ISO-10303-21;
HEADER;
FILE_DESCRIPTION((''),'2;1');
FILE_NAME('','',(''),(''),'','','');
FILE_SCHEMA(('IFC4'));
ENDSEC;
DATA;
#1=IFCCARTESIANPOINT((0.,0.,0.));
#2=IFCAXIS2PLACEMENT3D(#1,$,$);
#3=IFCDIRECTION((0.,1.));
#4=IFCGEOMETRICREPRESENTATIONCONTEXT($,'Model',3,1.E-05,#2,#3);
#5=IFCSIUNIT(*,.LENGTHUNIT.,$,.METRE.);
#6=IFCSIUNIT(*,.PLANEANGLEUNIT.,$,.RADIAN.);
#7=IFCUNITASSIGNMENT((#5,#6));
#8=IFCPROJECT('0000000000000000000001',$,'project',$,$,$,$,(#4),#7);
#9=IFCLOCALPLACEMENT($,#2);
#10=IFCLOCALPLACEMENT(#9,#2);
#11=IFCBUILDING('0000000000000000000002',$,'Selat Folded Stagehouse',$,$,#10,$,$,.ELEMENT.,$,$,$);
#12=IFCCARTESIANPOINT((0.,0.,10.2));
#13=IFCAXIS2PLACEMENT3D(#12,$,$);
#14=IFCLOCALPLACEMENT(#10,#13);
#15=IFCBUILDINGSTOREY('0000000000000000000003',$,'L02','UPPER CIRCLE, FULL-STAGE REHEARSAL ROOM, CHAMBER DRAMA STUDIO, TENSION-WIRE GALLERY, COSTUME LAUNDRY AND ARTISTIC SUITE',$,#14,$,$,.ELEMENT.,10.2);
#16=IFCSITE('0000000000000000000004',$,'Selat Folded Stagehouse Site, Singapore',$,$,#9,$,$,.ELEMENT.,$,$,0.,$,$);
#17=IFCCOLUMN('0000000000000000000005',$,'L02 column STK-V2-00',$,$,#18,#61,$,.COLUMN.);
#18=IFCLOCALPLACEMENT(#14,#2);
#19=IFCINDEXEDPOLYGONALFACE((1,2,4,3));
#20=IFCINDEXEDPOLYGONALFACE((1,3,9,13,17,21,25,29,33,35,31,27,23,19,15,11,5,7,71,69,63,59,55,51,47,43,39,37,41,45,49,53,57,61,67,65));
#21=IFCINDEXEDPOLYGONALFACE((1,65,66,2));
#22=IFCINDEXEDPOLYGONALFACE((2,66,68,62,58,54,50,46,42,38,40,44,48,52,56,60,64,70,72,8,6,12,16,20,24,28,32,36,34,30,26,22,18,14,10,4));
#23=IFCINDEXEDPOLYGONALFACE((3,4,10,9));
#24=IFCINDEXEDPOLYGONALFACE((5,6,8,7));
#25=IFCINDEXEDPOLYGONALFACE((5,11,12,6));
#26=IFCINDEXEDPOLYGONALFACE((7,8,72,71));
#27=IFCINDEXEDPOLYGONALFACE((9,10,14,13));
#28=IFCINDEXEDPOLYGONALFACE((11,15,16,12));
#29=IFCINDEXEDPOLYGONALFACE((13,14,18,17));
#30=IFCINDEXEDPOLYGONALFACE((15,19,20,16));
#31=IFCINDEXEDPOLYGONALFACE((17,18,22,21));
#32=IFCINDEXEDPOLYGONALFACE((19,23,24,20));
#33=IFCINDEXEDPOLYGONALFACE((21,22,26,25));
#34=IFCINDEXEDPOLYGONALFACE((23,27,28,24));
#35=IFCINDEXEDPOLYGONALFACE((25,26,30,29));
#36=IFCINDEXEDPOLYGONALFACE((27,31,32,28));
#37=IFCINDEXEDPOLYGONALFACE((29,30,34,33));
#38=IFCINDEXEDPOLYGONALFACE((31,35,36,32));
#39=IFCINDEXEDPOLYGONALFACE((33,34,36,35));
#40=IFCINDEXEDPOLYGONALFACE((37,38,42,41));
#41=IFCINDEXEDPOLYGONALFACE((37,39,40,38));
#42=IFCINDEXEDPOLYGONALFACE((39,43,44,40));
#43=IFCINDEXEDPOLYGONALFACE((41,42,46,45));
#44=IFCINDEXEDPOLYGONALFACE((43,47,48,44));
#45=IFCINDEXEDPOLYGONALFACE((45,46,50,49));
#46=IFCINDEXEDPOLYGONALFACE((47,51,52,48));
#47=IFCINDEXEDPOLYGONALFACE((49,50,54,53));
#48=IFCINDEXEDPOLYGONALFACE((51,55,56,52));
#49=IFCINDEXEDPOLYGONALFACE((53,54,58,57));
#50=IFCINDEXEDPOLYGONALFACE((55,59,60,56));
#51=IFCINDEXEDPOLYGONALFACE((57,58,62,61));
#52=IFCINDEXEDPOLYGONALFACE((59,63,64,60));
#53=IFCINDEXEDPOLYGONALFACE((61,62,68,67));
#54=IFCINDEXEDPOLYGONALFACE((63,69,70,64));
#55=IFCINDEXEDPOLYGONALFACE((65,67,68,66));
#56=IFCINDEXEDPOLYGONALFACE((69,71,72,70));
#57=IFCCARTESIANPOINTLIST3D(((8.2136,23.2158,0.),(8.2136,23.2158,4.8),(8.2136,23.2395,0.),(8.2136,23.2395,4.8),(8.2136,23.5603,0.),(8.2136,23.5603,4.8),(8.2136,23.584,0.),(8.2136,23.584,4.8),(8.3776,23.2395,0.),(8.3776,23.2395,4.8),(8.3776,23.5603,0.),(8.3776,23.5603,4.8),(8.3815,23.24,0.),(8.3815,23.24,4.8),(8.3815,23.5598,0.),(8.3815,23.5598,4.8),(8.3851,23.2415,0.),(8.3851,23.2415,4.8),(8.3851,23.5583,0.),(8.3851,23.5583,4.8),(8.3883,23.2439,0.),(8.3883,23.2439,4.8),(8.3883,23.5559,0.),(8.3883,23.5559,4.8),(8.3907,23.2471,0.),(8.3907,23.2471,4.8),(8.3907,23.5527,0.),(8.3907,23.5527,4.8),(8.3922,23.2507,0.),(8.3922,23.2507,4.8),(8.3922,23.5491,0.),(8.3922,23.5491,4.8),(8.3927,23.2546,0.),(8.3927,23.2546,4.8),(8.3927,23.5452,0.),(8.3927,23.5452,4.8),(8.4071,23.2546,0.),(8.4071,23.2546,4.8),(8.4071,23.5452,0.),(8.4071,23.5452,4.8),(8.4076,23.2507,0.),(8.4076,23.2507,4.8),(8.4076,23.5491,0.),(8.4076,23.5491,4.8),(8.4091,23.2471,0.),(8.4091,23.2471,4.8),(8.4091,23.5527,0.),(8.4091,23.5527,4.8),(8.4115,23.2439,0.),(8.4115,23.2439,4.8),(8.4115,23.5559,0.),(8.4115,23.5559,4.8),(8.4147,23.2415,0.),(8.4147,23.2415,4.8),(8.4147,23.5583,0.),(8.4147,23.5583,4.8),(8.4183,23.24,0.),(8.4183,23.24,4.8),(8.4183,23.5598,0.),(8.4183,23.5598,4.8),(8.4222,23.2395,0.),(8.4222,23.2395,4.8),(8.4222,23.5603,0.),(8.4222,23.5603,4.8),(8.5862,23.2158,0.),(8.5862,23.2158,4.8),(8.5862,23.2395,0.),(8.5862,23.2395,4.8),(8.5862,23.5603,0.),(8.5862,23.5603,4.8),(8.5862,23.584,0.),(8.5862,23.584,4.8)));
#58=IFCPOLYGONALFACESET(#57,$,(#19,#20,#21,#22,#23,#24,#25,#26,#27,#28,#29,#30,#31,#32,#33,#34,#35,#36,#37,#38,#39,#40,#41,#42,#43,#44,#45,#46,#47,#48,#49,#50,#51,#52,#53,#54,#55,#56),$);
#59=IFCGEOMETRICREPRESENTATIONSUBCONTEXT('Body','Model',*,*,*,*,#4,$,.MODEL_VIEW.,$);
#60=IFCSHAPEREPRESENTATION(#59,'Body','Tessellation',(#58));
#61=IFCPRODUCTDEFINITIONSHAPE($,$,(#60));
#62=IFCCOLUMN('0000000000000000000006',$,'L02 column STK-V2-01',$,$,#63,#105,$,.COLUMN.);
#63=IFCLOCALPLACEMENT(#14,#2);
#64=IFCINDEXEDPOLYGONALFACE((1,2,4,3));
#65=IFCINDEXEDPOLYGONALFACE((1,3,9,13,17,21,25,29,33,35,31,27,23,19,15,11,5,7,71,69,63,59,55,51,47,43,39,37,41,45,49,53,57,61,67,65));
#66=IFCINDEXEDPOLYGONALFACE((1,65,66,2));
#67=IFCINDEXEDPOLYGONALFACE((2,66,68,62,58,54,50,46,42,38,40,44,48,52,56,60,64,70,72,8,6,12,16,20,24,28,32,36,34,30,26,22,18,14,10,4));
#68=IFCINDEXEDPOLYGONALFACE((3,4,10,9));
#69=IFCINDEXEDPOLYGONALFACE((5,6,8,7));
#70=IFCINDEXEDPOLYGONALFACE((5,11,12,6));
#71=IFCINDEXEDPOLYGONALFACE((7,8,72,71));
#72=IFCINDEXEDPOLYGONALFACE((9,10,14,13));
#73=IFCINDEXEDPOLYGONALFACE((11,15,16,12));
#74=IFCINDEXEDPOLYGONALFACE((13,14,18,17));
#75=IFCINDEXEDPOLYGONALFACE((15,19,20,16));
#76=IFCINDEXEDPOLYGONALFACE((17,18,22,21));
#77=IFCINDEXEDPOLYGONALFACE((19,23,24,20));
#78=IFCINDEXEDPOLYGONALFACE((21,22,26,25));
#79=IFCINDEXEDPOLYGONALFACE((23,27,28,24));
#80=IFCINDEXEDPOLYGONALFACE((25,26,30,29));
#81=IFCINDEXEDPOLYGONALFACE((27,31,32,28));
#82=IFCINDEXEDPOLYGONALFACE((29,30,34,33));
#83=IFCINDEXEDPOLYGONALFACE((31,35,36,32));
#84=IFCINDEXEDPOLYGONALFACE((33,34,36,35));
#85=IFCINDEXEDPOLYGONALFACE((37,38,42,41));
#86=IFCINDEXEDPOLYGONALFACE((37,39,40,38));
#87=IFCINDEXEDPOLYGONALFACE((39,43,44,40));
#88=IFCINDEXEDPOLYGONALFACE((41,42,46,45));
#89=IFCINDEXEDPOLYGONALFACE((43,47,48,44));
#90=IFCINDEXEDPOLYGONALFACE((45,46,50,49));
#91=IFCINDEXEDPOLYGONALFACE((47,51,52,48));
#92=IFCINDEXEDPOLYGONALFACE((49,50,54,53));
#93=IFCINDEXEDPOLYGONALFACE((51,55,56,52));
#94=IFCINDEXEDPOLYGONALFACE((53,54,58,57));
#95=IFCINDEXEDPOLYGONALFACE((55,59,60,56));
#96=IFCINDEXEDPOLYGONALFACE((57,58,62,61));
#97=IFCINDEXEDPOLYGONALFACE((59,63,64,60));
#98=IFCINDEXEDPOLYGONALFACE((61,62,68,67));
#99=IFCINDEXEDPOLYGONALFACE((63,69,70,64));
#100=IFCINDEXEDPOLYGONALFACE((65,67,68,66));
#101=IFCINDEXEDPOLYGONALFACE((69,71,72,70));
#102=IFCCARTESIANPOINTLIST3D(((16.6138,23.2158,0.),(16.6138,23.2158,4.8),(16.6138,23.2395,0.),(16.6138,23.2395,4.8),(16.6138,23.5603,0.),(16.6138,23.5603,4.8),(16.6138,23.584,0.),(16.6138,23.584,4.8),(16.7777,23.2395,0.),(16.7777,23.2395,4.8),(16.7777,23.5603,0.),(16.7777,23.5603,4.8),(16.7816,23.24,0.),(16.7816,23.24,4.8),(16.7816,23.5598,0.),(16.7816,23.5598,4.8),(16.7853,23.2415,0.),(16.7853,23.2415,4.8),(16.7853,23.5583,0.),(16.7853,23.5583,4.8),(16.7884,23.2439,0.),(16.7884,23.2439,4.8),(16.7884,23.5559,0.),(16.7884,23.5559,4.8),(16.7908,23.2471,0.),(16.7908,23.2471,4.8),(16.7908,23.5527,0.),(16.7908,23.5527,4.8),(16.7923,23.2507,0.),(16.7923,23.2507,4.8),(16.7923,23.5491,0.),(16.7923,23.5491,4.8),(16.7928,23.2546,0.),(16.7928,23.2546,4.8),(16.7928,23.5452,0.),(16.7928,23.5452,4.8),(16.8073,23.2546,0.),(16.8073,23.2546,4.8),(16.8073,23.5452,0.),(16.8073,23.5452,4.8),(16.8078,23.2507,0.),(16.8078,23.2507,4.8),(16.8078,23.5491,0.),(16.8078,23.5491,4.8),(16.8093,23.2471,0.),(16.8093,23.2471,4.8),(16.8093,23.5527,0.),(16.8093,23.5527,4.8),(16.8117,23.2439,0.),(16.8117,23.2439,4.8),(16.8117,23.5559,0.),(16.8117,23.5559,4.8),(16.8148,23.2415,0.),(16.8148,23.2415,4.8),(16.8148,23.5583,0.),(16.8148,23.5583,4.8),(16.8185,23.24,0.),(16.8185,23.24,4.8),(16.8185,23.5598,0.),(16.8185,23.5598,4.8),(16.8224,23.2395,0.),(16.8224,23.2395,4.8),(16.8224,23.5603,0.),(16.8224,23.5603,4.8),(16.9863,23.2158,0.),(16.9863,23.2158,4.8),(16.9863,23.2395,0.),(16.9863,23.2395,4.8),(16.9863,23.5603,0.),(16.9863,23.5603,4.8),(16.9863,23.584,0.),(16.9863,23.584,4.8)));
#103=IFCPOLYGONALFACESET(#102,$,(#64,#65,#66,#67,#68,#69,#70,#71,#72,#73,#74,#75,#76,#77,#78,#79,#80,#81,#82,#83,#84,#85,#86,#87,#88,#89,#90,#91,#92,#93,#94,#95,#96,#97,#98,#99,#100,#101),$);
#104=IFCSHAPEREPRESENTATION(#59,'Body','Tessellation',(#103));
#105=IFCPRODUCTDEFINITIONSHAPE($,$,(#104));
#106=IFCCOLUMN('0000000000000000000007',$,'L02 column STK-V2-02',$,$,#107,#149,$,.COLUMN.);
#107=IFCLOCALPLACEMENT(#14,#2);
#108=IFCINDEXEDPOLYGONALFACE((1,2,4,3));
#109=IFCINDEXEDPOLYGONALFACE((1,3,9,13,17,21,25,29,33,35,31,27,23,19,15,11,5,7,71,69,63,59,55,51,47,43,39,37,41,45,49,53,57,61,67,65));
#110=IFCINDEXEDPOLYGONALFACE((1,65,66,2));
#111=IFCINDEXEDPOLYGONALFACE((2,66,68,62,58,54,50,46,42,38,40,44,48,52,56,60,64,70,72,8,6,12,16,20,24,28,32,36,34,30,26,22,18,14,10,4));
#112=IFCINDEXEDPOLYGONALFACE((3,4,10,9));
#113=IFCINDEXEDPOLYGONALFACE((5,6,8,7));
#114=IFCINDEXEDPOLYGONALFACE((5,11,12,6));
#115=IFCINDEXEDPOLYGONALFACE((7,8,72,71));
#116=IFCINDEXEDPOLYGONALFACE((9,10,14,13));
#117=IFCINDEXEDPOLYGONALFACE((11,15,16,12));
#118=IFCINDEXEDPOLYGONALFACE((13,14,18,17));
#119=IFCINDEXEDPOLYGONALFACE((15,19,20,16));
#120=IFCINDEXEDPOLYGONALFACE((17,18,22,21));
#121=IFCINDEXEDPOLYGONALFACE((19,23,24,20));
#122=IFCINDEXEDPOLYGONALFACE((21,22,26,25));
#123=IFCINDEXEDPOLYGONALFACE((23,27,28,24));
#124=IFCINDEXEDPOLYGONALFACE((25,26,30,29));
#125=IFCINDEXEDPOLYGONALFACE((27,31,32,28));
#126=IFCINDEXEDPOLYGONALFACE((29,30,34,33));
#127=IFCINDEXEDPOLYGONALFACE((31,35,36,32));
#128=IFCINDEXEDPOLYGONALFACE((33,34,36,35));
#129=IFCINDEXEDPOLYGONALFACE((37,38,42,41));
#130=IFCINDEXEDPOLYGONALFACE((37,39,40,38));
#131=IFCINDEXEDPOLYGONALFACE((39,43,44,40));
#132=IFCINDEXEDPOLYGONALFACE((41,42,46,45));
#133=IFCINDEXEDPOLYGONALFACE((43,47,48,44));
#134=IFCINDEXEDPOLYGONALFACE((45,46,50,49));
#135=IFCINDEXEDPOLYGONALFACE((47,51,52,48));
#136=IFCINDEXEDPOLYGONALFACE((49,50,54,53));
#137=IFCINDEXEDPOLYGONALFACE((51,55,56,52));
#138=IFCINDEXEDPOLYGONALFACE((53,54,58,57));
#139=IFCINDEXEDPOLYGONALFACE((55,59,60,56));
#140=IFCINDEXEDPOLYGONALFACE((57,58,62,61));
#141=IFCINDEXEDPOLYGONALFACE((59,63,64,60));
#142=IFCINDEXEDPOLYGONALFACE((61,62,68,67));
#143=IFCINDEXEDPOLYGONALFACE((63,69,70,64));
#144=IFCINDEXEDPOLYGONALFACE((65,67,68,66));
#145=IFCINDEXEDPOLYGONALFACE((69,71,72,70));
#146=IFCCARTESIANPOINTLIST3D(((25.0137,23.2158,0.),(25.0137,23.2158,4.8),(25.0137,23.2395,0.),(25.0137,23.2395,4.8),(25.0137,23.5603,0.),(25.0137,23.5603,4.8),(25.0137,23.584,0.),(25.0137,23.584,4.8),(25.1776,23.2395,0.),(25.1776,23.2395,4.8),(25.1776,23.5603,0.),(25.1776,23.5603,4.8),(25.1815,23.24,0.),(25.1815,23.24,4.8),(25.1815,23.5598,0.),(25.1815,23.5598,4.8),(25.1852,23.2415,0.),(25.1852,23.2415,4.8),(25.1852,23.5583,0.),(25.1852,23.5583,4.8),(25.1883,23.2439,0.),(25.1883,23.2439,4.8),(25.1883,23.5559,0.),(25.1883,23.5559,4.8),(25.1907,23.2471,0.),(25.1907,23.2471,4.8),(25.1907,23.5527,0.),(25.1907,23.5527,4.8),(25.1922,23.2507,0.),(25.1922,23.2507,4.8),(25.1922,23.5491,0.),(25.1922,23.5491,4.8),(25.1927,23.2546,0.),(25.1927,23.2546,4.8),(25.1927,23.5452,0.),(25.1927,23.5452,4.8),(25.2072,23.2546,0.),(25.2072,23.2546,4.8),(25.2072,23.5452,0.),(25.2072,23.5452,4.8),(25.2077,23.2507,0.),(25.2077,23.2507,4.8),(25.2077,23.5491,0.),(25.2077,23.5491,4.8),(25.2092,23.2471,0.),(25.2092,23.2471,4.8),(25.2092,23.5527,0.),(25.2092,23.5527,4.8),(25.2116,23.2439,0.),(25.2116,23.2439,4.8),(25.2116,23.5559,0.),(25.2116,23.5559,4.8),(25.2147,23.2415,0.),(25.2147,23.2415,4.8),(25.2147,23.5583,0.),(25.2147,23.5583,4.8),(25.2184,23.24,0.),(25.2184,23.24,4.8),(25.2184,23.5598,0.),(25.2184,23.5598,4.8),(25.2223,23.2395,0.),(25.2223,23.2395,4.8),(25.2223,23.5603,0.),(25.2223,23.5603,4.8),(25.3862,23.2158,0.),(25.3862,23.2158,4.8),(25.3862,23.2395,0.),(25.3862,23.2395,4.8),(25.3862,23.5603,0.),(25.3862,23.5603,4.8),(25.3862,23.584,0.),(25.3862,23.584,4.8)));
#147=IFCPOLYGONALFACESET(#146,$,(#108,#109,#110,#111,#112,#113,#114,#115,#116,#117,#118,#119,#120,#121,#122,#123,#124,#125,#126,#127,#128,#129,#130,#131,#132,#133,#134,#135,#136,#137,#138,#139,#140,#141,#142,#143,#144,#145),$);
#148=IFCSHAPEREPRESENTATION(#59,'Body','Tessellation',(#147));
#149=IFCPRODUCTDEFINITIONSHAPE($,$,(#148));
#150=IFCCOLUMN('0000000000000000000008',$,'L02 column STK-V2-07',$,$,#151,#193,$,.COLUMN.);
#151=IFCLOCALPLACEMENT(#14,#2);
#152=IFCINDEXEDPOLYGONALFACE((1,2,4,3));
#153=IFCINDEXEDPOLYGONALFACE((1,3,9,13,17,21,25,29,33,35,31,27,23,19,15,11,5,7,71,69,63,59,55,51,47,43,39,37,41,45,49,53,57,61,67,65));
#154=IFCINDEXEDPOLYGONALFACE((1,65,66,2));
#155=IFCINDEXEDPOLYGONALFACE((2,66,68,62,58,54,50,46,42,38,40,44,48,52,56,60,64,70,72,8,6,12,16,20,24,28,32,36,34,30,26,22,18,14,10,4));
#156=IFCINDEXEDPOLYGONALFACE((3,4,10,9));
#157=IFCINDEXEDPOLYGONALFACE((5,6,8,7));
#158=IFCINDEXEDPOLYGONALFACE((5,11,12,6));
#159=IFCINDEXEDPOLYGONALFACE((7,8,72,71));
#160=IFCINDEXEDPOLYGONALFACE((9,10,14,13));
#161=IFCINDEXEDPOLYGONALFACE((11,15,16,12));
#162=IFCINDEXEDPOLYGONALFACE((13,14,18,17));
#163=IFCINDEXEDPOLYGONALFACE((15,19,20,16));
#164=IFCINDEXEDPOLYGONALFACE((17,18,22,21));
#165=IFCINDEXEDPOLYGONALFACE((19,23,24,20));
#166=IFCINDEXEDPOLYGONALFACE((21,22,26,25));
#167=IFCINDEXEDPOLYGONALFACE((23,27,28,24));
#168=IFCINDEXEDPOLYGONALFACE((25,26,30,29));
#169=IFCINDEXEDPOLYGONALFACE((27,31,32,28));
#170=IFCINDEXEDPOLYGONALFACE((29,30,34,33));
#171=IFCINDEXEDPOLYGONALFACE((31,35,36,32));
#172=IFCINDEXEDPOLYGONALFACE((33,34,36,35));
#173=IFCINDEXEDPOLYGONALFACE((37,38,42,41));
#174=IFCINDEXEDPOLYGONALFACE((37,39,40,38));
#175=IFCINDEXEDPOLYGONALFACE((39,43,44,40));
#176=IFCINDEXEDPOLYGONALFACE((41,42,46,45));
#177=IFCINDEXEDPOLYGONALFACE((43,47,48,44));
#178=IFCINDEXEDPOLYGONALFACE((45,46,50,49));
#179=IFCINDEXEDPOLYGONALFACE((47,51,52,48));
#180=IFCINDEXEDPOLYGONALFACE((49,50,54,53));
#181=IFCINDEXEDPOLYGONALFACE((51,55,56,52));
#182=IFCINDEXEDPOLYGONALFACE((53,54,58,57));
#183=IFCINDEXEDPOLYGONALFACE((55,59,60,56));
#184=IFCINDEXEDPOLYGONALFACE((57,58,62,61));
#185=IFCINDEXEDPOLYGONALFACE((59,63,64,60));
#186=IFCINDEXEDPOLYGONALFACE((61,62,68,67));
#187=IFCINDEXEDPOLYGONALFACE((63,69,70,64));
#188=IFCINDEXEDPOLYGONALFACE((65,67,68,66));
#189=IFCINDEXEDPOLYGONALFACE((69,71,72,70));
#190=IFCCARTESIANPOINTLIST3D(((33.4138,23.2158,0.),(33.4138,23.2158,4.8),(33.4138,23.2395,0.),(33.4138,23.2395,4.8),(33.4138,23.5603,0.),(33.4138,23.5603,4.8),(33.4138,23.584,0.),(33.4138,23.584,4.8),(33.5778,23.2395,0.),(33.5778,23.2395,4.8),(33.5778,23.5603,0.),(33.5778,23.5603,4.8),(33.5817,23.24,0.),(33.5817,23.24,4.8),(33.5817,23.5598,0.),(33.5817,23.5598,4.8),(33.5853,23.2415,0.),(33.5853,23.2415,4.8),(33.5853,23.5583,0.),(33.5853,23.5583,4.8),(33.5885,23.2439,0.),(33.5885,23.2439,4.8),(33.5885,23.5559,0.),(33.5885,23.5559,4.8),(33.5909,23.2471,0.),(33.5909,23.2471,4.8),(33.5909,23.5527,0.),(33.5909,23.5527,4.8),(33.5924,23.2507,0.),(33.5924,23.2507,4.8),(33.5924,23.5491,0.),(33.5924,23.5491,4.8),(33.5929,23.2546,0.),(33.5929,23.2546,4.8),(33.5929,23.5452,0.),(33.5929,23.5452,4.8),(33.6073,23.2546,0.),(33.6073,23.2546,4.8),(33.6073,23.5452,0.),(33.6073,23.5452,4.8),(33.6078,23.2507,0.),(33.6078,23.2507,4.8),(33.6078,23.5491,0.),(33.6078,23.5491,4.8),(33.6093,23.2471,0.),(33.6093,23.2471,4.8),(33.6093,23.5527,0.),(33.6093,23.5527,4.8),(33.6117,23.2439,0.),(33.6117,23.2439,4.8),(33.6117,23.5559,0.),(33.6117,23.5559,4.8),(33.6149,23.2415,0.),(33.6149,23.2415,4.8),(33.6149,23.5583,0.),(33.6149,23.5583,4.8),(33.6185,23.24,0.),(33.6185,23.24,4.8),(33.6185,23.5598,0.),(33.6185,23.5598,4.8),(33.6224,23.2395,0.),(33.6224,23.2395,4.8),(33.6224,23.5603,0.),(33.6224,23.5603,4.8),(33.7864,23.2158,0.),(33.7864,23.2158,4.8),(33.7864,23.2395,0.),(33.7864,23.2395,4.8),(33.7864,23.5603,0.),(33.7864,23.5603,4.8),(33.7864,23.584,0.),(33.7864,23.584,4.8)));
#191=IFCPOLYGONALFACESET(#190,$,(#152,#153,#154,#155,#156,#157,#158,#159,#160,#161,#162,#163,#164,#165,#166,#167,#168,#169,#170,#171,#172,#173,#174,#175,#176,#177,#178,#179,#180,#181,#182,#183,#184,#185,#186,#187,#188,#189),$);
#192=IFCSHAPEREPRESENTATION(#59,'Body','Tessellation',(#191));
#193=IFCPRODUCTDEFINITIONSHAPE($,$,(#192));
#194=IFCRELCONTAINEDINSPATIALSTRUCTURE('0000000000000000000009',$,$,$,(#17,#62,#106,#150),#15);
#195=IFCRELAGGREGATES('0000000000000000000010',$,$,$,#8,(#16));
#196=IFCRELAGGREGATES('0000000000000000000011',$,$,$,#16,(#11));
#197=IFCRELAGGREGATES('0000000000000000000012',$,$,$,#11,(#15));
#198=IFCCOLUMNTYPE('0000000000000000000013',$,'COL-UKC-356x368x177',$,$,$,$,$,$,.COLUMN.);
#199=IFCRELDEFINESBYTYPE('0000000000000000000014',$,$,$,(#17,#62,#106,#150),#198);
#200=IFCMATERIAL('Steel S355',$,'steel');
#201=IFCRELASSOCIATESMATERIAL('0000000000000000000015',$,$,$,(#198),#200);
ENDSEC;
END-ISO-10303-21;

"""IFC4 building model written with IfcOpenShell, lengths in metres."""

from ifc_helpers import new_model, si_unit, direction, frame, origin, origin_2d, place, context, subcontext, project, spatial, i_section, extrude, material, material_profile, profile_set, type_object, element, save


model = new_model("IFC4")

# Units and contexts
model_context = context("Model", 3, precision=1e-05, world=origin(), true_north=direction((0.0, 1.0)))
body_context = subcontext(model_context, "Body", "Model", "MODEL_VIEW")
ifc_project = project(units=[si_unit("LENGTHUNIT", "METRE"), si_unit("PLANEANGLEUNIT", "RADIAN")], contexts=[model_context])

# Site, building, storey
site_placement = place(None, origin())
site = spatial("IfcSite", under=ifc_project, at=site_placement, Name="Selat Folded Stagehouse Site, Singapore", CompositionType="ELEMENT", RefElevation=0.0)
building_placement = place(site_placement, origin())
building = spatial("IfcBuilding", under=site, at=building_placement, Name="Selat Folded Stagehouse", CompositionType="ELEMENT")
storey_placement = place(building_placement, frame((0.0, 0.0, 10.2)))
storey = spatial("IfcBuildingStorey", under=building, at=storey_placement, Name="L02", Description="UPPER CIRCLE, FULL-STAGE REHEARSAL ROOM, CHAMBER DRAMA STUDIO, TENSION-WIRE GALLERY, COSTUME LAUNDRY AND ARTISTIC SUITE", CompositionType="ELEMENT", Elevation=10.2)

# Columns
ifc_material_1 = material(Name="Steel S355", Category="steel")
ifc_material_profile_1 = material_profile(ifc_material_1, i_section(OverallWidth=0.3726, OverallDepth=0.3682, WebThickness=0.0144, FlangeThickness=0.0237, FilletRadius=0.0151, at=origin_2d()), Name="UKC 356x368x177")
ifc_profile_set_1 = profile_set([ifc_material_profile_1], Name="Steel S355")
column_type = type_object("IfcColumnType", Name="COL-UKC-356x368x177", PredefinedType="COLUMN", material=ifc_profile_set_1)
for number, where, z_axis, x_axis, name in (
    (1, (8.3999, 23.3999, 0.0), (0.0, 0.0, 1.0), (1.0, 0.0, 0.0), "L02 column STK-V2-00"),
    (2, (16.8, 23.3999, 0.0), (0.0, 0.0, 1.0), (1.0, 0.0, 0.0), "L02 column STK-V2-01"),
    (3, (25.2, 23.3999, 0.0), (0.0, 0.0, 1.0), (1.0, 0.0, 0.0), "L02 column STK-V2-02"),
    (4, (33.6001, 23.3999, 0.0), (0.0, 0.0, 1.0), (1.0, 0.0, 0.0), "L02 column STK-V2-07"),
):
    element("IfcColumn", number, at=place(storey_placement, frame(where, z_axis=z_axis, x_axis=x_axis)), inside=storey, type_object=column_type, Name=name, PredefinedType="COLUMN", context=body_context, shape_type="SweptSolid", body=[
        extrude(i_section(OverallWidth=0.3726, OverallDepth=0.3682, WebThickness=0.0144, FlangeThickness=0.0237, FilletRadius=0.0151, at=origin_2d()), origin(), (0.0, 0.0, 1.0), 4.8),
    ])

save(model, "model.ifc")
